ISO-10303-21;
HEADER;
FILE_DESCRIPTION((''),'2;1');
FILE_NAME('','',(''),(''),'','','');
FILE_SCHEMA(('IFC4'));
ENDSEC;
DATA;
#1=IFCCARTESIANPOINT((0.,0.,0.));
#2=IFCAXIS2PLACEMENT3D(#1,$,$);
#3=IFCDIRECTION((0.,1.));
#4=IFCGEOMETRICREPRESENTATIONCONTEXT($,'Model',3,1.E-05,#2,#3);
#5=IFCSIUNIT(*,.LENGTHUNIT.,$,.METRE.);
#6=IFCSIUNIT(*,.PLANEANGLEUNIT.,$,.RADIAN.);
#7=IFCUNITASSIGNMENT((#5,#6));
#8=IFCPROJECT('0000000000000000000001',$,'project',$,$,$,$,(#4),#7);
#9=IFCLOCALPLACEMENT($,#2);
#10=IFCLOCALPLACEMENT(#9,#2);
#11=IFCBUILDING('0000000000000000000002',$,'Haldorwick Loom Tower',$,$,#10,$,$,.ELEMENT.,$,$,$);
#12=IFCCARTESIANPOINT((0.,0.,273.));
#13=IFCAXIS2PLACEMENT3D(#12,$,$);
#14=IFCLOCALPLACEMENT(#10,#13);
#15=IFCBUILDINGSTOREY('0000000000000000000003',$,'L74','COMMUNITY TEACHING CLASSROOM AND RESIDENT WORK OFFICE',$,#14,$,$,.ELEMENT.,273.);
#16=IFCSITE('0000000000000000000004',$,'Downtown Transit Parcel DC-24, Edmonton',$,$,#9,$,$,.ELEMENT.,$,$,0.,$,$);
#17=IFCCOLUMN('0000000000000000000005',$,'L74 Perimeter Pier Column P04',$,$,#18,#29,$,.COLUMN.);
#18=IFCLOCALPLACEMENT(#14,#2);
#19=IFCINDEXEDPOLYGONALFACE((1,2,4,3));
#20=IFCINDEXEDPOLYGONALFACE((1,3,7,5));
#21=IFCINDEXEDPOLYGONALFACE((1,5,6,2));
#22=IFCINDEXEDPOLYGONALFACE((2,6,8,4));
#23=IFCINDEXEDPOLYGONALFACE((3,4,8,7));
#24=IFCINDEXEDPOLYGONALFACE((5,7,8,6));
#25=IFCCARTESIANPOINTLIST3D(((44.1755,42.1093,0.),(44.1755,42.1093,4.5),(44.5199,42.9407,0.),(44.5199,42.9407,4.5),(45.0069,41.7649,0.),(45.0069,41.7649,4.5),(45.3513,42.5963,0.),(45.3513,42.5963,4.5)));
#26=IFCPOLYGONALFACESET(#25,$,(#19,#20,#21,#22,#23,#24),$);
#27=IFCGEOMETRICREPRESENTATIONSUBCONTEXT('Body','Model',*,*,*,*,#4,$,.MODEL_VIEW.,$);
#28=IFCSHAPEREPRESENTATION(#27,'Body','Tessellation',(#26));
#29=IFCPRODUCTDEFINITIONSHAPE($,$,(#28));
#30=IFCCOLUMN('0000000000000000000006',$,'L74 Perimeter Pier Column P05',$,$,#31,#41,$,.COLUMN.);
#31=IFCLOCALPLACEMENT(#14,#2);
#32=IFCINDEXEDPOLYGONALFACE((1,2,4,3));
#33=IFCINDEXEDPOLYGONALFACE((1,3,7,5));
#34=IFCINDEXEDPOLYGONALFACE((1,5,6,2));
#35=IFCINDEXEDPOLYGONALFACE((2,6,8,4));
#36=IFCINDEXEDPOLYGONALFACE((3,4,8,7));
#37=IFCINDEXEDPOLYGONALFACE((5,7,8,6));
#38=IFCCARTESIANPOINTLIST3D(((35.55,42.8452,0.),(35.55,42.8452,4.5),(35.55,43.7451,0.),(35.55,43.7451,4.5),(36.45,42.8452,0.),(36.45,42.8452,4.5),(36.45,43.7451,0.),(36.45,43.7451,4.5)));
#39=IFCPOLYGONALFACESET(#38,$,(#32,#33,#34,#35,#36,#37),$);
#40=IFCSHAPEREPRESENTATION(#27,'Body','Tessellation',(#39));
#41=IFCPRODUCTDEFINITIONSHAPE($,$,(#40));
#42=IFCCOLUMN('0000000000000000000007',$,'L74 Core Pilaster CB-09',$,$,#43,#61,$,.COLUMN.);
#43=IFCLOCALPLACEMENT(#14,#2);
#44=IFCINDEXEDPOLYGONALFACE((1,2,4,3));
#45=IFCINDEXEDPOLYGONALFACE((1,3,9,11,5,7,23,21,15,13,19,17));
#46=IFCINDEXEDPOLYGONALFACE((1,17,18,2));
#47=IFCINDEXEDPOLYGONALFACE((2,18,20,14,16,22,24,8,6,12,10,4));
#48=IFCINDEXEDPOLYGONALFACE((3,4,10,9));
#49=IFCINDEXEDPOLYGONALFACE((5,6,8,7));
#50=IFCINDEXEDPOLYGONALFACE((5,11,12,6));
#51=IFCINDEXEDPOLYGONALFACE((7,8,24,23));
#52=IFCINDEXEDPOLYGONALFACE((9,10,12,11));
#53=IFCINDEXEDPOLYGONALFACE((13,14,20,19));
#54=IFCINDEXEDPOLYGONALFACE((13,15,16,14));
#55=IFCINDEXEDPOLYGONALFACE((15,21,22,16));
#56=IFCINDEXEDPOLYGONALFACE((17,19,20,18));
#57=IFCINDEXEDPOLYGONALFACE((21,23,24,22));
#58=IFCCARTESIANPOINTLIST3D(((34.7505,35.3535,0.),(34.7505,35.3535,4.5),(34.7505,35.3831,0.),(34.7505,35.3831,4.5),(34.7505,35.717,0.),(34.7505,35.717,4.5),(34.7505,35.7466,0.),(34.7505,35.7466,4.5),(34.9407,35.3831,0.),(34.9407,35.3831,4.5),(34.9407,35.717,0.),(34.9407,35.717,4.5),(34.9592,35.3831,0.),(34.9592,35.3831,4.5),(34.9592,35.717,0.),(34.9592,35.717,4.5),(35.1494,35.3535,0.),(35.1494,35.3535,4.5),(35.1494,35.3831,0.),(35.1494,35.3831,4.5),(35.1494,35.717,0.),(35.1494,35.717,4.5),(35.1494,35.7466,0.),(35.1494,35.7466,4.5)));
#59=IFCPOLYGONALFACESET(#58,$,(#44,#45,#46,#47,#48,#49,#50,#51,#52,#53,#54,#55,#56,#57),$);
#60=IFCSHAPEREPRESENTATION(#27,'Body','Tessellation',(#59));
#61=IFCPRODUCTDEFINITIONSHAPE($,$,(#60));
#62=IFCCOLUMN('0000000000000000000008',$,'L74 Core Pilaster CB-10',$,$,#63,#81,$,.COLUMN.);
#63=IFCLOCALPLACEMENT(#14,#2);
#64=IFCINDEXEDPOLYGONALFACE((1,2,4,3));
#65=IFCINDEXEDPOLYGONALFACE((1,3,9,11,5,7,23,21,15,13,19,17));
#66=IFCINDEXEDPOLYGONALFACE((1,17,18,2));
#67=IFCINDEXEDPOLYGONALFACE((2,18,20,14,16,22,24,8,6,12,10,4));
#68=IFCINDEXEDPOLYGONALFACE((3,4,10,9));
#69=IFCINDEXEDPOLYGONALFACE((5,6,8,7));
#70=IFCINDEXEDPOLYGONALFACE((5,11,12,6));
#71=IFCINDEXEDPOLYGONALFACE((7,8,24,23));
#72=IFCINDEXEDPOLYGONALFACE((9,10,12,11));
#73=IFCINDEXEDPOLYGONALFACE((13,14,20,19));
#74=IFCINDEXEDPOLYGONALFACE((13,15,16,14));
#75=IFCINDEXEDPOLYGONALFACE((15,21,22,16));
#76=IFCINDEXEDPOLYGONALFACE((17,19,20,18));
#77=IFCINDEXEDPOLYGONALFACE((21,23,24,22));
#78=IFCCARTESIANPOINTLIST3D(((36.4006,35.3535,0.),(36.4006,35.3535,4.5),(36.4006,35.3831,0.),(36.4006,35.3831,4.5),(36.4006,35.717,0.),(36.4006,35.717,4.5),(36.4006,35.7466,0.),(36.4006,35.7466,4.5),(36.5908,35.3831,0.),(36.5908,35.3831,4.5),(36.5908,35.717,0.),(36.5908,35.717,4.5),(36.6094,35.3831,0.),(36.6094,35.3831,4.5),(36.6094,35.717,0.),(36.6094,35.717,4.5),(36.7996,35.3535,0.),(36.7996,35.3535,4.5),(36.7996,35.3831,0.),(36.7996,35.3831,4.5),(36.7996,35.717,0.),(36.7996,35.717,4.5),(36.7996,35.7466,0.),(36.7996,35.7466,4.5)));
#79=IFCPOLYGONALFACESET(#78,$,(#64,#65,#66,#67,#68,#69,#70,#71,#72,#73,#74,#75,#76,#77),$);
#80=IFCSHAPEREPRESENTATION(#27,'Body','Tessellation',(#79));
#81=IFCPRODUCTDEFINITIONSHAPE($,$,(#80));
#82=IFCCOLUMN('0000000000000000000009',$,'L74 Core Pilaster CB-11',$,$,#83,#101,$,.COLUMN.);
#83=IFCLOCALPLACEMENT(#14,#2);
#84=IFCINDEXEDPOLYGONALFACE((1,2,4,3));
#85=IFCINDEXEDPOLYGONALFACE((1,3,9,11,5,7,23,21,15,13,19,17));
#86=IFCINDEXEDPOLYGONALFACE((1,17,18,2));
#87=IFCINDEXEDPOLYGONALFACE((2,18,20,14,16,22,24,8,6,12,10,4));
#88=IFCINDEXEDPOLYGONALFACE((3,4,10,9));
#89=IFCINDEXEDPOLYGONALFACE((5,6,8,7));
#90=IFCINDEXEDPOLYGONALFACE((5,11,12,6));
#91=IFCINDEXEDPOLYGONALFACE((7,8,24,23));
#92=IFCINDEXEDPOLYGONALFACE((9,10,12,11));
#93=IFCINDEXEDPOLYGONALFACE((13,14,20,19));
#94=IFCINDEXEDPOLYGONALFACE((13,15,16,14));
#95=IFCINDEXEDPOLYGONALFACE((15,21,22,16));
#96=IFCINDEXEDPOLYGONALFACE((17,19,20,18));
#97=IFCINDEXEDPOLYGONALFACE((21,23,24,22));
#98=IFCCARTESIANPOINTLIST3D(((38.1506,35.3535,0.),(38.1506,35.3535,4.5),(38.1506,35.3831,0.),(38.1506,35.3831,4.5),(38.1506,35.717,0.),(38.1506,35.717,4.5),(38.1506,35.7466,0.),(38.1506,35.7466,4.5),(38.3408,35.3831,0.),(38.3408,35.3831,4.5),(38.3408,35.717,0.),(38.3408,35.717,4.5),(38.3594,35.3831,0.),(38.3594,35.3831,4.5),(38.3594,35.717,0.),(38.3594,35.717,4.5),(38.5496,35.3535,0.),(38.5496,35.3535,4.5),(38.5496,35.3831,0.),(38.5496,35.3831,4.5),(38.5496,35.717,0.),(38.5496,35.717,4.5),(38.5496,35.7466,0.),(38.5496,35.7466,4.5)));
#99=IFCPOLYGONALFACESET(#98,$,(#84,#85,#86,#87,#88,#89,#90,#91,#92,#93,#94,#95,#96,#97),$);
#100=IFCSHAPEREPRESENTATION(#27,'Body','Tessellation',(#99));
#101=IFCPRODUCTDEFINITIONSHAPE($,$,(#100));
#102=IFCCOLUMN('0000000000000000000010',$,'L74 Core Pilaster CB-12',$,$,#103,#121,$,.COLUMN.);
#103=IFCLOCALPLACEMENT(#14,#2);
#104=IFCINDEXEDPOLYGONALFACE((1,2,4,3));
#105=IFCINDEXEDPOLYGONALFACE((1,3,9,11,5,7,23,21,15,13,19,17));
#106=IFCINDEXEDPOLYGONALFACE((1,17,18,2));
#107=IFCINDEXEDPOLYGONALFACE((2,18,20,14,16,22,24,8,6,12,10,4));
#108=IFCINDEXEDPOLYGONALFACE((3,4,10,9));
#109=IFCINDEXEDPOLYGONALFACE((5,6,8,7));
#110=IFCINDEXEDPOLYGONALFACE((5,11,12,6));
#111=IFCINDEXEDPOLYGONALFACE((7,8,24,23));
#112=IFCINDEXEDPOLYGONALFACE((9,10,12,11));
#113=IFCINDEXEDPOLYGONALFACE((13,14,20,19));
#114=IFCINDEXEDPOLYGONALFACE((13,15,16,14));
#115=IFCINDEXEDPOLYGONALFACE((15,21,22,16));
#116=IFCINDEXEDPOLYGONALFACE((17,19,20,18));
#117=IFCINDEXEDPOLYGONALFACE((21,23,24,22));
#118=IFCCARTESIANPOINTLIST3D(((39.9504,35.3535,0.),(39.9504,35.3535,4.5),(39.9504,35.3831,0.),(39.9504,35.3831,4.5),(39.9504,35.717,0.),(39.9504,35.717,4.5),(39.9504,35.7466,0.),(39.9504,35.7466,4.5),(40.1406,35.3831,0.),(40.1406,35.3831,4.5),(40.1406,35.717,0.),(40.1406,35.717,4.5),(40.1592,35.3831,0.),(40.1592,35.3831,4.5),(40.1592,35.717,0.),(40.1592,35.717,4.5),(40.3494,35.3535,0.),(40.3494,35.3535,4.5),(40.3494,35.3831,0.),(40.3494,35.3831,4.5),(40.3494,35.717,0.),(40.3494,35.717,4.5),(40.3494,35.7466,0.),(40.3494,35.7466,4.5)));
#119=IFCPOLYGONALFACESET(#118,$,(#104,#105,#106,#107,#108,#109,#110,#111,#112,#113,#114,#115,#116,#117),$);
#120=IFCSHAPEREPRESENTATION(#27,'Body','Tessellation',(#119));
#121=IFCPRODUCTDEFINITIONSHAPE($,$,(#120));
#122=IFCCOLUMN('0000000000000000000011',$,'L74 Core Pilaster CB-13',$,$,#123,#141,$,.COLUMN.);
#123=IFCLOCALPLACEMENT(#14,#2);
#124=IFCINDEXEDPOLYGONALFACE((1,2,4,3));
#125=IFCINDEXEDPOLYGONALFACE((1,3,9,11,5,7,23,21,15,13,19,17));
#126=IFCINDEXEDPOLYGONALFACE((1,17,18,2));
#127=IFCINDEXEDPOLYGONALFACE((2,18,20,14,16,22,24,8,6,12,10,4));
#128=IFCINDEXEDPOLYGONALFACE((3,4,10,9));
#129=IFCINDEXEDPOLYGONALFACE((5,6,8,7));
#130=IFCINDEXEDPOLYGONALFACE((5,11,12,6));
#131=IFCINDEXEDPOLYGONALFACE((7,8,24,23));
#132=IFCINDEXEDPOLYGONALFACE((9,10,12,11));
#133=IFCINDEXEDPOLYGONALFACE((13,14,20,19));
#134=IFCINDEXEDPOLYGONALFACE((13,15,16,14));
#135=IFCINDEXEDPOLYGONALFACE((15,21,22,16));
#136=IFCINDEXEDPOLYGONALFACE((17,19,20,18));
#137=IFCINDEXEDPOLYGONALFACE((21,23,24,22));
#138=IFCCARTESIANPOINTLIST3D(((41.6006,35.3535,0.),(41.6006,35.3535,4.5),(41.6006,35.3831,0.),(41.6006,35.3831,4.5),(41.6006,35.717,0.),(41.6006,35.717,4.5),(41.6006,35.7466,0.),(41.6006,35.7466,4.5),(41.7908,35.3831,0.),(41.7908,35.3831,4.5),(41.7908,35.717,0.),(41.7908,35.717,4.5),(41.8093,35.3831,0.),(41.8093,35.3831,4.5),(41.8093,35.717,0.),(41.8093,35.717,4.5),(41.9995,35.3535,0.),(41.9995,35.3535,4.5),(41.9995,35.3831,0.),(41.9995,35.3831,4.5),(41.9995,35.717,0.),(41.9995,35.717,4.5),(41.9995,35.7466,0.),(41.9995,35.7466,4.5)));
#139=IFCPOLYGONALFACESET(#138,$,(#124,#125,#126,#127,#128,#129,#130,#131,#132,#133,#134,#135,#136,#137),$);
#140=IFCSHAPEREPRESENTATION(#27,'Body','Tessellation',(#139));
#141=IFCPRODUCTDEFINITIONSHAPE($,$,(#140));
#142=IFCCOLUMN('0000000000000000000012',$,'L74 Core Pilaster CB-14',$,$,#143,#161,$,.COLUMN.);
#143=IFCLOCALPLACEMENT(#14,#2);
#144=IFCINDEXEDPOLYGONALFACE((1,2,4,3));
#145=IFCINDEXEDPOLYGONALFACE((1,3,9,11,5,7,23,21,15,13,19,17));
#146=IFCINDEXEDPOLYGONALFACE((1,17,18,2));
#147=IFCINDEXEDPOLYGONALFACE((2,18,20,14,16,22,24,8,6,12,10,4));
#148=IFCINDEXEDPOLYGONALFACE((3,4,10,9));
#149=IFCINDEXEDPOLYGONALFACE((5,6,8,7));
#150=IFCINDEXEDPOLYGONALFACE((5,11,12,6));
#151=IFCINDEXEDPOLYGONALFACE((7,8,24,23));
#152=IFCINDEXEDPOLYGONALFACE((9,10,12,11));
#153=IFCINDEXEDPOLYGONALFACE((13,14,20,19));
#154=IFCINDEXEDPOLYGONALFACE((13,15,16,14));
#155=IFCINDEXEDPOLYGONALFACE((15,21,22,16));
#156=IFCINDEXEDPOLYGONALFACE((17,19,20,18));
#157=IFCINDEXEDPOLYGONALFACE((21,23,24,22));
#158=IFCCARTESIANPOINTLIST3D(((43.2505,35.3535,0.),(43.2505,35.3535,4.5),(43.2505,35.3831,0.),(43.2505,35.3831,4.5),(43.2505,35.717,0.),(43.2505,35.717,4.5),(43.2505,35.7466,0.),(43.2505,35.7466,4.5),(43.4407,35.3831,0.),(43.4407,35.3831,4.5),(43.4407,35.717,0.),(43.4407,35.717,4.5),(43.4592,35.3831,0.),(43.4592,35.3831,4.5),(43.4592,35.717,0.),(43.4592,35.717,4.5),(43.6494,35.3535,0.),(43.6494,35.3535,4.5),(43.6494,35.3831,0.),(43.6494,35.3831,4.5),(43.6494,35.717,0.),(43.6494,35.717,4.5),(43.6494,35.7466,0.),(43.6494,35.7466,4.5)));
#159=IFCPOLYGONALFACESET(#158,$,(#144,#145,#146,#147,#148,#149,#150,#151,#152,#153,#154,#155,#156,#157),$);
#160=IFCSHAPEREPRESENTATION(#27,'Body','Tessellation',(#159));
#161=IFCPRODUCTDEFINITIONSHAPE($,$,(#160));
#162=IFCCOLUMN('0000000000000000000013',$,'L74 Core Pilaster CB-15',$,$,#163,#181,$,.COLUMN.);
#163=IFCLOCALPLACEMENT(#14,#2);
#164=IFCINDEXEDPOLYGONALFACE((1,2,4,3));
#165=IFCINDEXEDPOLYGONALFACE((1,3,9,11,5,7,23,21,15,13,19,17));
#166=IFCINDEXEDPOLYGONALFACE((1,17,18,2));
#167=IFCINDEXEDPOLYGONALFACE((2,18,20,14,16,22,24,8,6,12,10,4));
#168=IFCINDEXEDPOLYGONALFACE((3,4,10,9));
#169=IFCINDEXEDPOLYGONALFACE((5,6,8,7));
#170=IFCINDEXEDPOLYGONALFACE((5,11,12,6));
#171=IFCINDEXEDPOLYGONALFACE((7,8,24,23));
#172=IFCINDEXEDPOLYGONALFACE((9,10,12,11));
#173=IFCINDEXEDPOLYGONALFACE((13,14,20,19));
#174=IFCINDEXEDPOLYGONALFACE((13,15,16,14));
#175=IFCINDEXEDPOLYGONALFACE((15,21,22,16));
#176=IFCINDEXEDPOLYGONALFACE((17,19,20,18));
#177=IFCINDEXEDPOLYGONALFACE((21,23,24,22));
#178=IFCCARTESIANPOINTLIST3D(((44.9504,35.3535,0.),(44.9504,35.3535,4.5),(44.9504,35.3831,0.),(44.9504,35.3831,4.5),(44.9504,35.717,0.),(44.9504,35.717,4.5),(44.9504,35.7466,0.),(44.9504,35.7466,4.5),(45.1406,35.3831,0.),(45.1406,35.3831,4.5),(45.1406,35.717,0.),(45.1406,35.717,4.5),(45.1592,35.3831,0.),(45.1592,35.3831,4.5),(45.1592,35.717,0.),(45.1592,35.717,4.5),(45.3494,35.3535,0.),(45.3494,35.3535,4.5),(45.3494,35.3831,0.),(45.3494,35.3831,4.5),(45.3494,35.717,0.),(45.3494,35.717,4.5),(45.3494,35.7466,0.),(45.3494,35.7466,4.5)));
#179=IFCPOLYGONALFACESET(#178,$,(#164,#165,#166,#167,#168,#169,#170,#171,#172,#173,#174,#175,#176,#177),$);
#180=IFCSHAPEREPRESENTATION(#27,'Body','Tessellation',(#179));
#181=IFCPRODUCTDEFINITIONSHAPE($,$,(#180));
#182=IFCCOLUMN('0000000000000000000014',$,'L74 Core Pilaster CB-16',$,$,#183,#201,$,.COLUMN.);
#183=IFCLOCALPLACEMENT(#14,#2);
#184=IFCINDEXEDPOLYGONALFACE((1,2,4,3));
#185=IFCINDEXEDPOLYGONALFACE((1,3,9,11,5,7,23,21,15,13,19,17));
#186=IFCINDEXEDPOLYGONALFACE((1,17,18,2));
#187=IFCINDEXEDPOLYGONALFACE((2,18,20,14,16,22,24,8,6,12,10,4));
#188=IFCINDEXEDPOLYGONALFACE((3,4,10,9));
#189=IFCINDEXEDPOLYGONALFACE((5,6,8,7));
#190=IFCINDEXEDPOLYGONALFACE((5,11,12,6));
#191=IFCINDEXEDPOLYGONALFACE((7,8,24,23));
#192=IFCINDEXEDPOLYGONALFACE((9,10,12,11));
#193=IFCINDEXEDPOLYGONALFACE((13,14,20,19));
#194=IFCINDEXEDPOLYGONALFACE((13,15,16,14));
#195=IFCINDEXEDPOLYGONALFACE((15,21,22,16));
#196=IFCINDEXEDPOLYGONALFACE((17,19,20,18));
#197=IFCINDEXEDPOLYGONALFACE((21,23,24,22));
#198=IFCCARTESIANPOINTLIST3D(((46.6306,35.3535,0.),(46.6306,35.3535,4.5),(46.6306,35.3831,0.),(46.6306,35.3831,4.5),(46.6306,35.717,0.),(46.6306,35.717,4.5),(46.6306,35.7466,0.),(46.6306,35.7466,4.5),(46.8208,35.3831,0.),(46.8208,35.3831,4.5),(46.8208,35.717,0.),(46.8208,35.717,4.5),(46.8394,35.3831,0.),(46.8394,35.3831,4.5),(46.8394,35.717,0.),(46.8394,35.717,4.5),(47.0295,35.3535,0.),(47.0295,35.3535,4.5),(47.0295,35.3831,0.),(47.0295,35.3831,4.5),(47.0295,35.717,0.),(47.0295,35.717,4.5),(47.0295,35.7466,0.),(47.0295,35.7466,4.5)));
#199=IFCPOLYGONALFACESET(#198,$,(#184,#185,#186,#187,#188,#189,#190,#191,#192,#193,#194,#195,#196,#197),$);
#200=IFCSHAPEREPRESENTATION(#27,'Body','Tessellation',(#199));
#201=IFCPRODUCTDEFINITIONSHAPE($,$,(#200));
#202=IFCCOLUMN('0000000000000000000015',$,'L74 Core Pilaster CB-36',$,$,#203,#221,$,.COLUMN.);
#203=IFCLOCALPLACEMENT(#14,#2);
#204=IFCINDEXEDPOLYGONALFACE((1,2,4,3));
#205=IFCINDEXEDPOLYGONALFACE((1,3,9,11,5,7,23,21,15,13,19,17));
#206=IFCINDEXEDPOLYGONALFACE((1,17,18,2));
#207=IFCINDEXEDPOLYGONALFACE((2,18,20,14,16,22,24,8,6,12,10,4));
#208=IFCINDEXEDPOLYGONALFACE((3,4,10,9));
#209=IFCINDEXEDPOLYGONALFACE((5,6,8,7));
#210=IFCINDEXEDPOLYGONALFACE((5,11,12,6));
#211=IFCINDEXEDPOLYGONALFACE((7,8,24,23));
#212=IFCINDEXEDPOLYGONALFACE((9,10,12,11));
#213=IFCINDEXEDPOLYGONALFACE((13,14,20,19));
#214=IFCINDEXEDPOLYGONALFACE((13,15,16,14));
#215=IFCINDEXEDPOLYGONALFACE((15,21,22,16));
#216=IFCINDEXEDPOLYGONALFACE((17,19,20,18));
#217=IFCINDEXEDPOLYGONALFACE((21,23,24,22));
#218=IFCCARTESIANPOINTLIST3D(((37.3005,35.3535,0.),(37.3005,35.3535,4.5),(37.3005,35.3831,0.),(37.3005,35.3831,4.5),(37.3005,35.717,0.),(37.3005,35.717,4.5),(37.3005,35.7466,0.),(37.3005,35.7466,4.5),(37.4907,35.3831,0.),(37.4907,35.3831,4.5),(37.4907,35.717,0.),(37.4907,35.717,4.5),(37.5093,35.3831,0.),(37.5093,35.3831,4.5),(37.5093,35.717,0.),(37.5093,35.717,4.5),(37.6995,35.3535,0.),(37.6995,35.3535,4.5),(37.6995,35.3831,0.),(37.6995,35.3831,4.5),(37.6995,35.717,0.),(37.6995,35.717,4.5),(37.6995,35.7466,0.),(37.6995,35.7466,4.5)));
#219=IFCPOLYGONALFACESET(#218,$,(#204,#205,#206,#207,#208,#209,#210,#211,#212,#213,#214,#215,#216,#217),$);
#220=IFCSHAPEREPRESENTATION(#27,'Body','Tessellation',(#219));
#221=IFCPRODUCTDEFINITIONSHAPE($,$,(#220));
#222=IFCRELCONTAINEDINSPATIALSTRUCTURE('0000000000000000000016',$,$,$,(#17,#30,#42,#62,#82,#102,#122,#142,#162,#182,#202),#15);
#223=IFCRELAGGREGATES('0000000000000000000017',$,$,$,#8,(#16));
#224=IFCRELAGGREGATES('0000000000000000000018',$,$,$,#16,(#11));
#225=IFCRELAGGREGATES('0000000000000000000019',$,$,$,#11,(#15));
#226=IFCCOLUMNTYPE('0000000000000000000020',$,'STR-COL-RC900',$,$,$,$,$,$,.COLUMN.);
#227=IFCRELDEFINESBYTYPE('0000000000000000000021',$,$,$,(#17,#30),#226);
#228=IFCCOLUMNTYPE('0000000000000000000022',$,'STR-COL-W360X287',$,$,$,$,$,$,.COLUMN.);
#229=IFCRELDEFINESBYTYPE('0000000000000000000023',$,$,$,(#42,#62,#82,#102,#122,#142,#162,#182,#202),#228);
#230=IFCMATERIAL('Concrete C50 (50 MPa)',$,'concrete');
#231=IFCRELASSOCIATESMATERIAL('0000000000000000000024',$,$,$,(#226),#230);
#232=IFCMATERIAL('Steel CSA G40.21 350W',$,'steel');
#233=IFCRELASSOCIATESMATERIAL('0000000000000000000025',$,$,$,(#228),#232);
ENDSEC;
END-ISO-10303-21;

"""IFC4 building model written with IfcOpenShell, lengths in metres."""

from ifc_helpers import new_model, si_unit, direction, frame, origin, origin_2d, place, context, subcontext, project, spatial, rectangle, i_section, extrude, material, material_profile, profile_set, type_object, element, save


model = new_model("IFC4")

# Units and contexts
model_context = context("Model", 3, precision=1e-05, world=origin(), true_north=direction((0.0, 1.0)))
body_context = subcontext(model_context, "Body", "Model", "MODEL_VIEW")
ifc_project = project(units=[si_unit("LENGTHUNIT", "METRE"), si_unit("PLANEANGLEUNIT", "RADIAN")], contexts=[model_context])

# Site, building, storey
site_placement = place(None, origin())
site = spatial("IfcSite", under=ifc_project, at=site_placement, Name="Downtown Transit Parcel DC-24, Edmonton", CompositionType="ELEMENT", RefElevation=0.0)
building_placement = place(site_placement, origin())
building = spatial("IfcBuilding", under=site, at=building_placement, Name="Haldorwick Loom Tower", CompositionType="ELEMENT")
storey_placement = place(building_placement, frame((0.0, 0.0, 273.0)))
storey = spatial("IfcBuildingStorey", under=building, at=storey_placement, Name="L74", Description="COMMUNITY TEACHING CLASSROOM AND RESIDENT WORK OFFICE", CompositionType="ELEMENT", Elevation=273.0)

# Columns
ifc_material_1 = material(Name="Concrete C50 (50 MPa)", Category="concrete")
ifc_material_profile_1 = material_profile(ifc_material_1, rectangle(XDim=0.8999, YDim=0.8999, at=origin_2d()), Name="RC900X900", Category="concrete")
ifc_profile_set_1 = profile_set([ifc_material_profile_1], Name="Concrete C50 (50 MPa)")
column_type_1 = type_object("IfcColumnType", Name="STR-COL-RC900", PredefinedType="COLUMN", material=ifc_profile_set_1)
for number, where, z_axis, x_axis, name in (
    (1, (44.7634, 42.3528, 0.0), (0.0, 0.0, 1.0), (0.382683, 0.92388, 0.0), "L74 Perimeter Pier Column P04"),
    (2, (36.0, 43.2952, 0.0), (0.0, 0.0, 1.0), (0.0, 1.0, 0.0), "L74 Perimeter Pier Column P05"),
):
    element("IfcColumn", number, at=place(storey_placement, frame(where, z_axis=z_axis, x_axis=x_axis)), inside=storey, type_object=column_type_1, Name=name, PredefinedType="COLUMN", context=body_context, shape_type="SweptSolid", body=[
        extrude(rectangle(XDim=0.8999, YDim=0.8999, at=origin_2d()), origin(), (0.0, 0.0, 1.0), 4.5),
    ])
ifc_material_2 = material(Name="Steel CSA G40.21 350W", Category="steel")
ifc_material_profile_2 = material_profile(ifc_material_2, i_section(OverallWidth=0.3989, OverallDepth=0.3931, WebThickness=0.0186, FlangeThickness=0.0295, at=origin_2d()), Name="W360X287", Category="steel")
ifc_profile_set_2 = profile_set([ifc_material_profile_2], Name="Steel CSA G40.21 350W")
column_type_2 = type_object("IfcColumnType", Name="STR-COL-W360X287", PredefinedType="COLUMN", material=ifc_profile_set_2)
for number, where, z_axis, x_axis, name in (
    (3, (34.95, 35.55, 0.0), (0.0, 0.0, 1.0), (1.0, 0.0, 0.0), "L74 Core Pilaster CB-09"),
    (4, (36.6001, 35.55, 0.0), (0.0, 0.0, 1.0), (1.0, 0.0, 0.0), "L74 Core Pilaster CB-10"),
    (5, (38.3501, 35.55, 0.0), (0.0, 0.0, 1.0), (1.0, 0.0, 0.0), "L74 Core Pilaster CB-11"),
    (6, (40.1499, 35.55, 0.0), (0.0, 0.0, 1.0), (1.0, 0.0, 0.0), "L74 Core Pilaster CB-12"),
    (7, (41.8, 35.55, 0.0), (0.0, 0.0, 1.0), (1.0, 0.0, 0.0), "L74 Core Pilaster CB-13"),
    (8, (43.45, 35.55, 0.0), (0.0, 0.0, 1.0), (1.0, 0.0, 0.0), "L74 Core Pilaster CB-14"),
    (9, (45.1499, 35.55, 0.0), (0.0, 0.0, 1.0), (1.0, 0.0, 0.0), "L74 Core Pilaster CB-15"),
    (10, (46.8301, 35.55, 0.0), (0.0, 0.0, 1.0), (1.0, 0.0, 0.0), "L74 Core Pilaster CB-16"),
    (11, (37.5, 35.55, 0.0), (0.0, 0.0, 1.0), (1.0, 0.0, 0.0), "L74 Core Pilaster CB-36"),
):
    element("IfcColumn", number, at=place(storey_placement, frame(where, z_axis=z_axis, x_axis=x_axis)), inside=storey, type_object=column_type_2, Name=name, PredefinedType="COLUMN", context=body_context, shape_type="SweptSolid", body=[
        extrude(i_section(OverallWidth=0.3989, OverallDepth=0.3931, WebThickness=0.0186, FlangeThickness=0.0295, at=origin_2d()), origin(), (0.0, 0.0, 1.0), 4.5),
    ])

save(model, "model.ifc")
